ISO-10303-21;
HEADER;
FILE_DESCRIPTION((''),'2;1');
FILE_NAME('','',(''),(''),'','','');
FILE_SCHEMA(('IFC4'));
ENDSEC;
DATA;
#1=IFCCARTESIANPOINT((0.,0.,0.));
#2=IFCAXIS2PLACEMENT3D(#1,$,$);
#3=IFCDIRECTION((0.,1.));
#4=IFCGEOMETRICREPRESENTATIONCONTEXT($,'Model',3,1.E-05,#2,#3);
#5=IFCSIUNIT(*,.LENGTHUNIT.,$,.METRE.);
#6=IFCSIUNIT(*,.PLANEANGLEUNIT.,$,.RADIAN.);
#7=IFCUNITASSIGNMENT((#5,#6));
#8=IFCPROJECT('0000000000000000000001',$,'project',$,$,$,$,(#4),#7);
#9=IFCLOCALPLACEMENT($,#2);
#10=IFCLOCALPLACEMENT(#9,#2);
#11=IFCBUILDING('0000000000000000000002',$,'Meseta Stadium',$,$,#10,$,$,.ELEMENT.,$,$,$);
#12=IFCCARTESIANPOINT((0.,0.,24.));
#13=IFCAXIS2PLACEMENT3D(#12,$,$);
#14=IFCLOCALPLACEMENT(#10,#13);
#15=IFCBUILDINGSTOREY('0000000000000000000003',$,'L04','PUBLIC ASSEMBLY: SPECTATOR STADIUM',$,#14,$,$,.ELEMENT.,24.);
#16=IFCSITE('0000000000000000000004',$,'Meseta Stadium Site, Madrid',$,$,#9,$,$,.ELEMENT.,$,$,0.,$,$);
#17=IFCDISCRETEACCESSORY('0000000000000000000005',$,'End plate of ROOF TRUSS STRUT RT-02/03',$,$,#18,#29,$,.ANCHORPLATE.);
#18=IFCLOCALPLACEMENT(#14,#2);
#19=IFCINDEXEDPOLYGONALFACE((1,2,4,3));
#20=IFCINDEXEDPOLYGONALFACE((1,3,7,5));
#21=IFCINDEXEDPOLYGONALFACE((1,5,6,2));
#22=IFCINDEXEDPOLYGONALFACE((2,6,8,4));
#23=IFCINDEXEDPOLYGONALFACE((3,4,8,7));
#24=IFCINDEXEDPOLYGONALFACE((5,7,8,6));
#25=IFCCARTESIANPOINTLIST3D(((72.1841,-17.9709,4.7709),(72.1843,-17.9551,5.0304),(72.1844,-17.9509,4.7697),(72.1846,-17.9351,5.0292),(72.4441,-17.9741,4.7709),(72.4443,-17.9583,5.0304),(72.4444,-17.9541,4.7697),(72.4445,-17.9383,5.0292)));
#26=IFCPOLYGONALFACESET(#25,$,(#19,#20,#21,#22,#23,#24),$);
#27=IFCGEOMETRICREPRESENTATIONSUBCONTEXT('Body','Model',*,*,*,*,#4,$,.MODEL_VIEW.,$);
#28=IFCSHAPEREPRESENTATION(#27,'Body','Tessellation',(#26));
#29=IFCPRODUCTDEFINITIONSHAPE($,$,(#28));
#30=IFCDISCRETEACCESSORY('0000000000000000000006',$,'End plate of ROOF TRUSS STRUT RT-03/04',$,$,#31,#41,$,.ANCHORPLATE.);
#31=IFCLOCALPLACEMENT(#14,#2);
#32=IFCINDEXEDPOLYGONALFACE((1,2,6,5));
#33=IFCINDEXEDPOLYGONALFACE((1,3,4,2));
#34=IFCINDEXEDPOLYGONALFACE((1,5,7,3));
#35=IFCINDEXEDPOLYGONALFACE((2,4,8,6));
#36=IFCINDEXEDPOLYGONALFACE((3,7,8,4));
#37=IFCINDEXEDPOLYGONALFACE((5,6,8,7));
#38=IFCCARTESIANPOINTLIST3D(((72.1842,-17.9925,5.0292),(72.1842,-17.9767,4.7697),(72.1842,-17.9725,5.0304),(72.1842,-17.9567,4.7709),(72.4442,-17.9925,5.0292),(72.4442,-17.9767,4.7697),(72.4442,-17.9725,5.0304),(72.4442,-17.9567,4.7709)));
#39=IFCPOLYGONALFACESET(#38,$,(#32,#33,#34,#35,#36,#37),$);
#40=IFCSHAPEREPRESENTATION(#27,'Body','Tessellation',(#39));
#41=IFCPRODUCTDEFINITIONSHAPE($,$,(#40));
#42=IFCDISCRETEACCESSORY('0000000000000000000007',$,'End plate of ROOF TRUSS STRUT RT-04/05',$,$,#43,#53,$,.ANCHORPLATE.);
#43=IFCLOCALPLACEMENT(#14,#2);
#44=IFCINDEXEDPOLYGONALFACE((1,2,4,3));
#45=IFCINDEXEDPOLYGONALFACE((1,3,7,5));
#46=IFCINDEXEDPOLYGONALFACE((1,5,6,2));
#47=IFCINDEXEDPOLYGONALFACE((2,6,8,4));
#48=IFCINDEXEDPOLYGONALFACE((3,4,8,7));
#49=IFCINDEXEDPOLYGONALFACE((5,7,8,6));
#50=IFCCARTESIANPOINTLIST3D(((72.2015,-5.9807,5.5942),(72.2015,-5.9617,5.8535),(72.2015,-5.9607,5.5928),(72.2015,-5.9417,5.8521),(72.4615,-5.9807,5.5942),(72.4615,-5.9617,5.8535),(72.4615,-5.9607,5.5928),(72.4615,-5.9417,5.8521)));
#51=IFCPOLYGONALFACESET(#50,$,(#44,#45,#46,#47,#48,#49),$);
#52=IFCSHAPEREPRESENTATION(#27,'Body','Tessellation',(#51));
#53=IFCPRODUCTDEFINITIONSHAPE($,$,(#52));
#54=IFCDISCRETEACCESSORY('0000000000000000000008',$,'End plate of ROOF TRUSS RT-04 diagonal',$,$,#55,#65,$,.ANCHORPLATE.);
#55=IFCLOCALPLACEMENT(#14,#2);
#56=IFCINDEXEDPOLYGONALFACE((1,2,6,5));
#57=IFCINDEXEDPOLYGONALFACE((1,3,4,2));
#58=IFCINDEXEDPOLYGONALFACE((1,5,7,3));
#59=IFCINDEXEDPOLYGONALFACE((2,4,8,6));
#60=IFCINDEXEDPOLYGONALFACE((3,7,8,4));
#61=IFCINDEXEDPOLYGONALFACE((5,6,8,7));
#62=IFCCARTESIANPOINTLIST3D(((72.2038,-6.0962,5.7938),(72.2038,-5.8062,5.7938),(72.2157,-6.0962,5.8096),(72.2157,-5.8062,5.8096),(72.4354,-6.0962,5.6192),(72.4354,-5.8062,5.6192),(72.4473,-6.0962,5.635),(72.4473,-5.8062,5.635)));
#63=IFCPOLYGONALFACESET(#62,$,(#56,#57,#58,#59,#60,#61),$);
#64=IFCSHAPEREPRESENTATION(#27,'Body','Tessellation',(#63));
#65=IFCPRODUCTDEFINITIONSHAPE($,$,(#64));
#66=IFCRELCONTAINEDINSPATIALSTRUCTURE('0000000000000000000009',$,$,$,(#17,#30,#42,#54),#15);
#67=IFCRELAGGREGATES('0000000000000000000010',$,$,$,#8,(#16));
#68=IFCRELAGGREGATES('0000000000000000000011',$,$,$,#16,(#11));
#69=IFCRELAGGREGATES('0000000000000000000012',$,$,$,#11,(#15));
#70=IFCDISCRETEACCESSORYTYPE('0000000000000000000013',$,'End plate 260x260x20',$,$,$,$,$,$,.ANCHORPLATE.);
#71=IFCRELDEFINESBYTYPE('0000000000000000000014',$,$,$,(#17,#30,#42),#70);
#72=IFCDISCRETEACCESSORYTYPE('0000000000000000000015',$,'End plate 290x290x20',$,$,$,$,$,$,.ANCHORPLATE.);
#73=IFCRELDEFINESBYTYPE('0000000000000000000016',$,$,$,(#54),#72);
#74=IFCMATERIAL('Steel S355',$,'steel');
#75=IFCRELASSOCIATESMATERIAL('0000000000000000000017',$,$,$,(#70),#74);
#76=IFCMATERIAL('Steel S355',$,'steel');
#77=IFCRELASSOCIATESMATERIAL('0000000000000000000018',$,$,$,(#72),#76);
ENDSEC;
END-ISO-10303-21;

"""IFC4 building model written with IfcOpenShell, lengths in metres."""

from ifc_helpers import new_model, si_unit, direction, frame, origin, origin_2d, place, context, subcontext, project, spatial, rectangle, extrude, material, material_profile, profile_set, type_object, element, save


model = new_model("IFC4")

# Units and contexts
model_context = context("Model", 3, precision=1e-05, world=origin(), true_north=direction((0.0, 1.0)))
body_context = subcontext(model_context, "Body", "Model", "MODEL_VIEW")
ifc_project = project(units=[si_unit("LENGTHUNIT", "METRE"), si_unit("PLANEANGLEUNIT", "RADIAN")], contexts=[model_context])

# Site, building, storey
site_placement = place(None, origin())
site = spatial("IfcSite", under=ifc_project, at=site_placement, Name="Meseta Stadium Site, Madrid", CompositionType="ELEMENT", RefElevation=0.0)
building_placement = place(site_placement, origin())
building = spatial("IfcBuilding", under=site, at=building_placement, Name="Meseta Stadium", CompositionType="ELEMENT")
storey_placement = place(building_placement, frame((0.0, 0.0, 24.0)))
storey = spatial("IfcBuildingStorey", under=building, at=storey_placement, Name="L04", Description="PUBLIC ASSEMBLY: SPECTATOR STADIUM", CompositionType="ELEMENT", Elevation=24.0)

# Discrete accessories
ifc_material_1 = material(Name="Steel S355", Category="steel")
ifc_material_profile_1 = material_profile(ifc_material_1, rectangle(XDim=0.26, YDim=0.26, at=origin_2d()), Name="PL 260x260")
ifc_profile_set_1 = profile_set([ifc_material_profile_1], Name="Steel S355")
discrete_accessory_type_1 = type_object("IfcDiscreteAccessoryType", Name="End plate 260x260x20", PredefinedType="ANCHORPLATE", material=ifc_profile_set_1)
for number, where, z_axis, x_axis, name in (
    (1, (72.3142, -17.9646, 4.9006), (0.012172, 0.998072, -0.060858), (-0.999926, 0.012194, 0.0), "End plate of ROOF TRUSS STRUT RT-02/03"),
    (2, (72.3142, -17.9846, 4.8994), (0.0, 0.998146, 0.060863), (-1.0, 0.0, 0.0), "End plate of ROOF TRUSS STRUT RT-03/04"),
    (3, (72.3315, -5.9712, 5.7239), (0.0, 0.997334, -0.072976), (-1.0, 0.0, 0.0), "End plate of ROOF TRUSS STRUT RT-04/05"),
):
    element("IfcDiscreteAccessory", number, at=place(storey_placement, frame(where, z_axis=z_axis, x_axis=x_axis)), inside=storey, type_object=discrete_accessory_type_1, Name=name, PredefinedType="ANCHORPLATE", context=body_context, shape_type="SweptSolid", body=[
        extrude(rectangle(XDim=0.26, YDim=0.26, at=origin_2d()), origin(), (0.0, 0.0, 1.0), 0.02),
    ])
ifc_material_2 = material(Name="Steel S355", Category="steel")
ifc_material_profile_2 = material_profile(ifc_material_2, rectangle(XDim=0.29, YDim=0.29, at=origin_2d()), Name="PL 290x290")
ifc_profile_set_2 = profile_set([ifc_material_profile_2], Name="Steel S355")
discrete_accessory_type_2 = type_object("IfcDiscreteAccessoryType", Name="End plate 290x290x20", PredefinedType="ANCHORPLATE", material=ifc_profile_set_2)
discrete_accessory_1_placement = place(storey_placement, frame((72.3196, -5.9512, 5.7065), z_axis=(0.601964, 0.0, 0.798523), x_axis=(0.0, 1.0, 0.0)))
element("IfcDiscreteAccessory", 4, at=discrete_accessory_1_placement, inside=storey, type_object=discrete_accessory_type_2, Name="End plate of ROOF TRUSS RT-04 diagonal", PredefinedType="ANCHORPLATE", context=body_context, shape_type="SweptSolid", body=[
    extrude(rectangle(XDim=0.29, YDim=0.29, at=origin_2d()), origin(), (0.0, 0.0, 1.0), 0.0198),
])

save(model, "model.ifc")
